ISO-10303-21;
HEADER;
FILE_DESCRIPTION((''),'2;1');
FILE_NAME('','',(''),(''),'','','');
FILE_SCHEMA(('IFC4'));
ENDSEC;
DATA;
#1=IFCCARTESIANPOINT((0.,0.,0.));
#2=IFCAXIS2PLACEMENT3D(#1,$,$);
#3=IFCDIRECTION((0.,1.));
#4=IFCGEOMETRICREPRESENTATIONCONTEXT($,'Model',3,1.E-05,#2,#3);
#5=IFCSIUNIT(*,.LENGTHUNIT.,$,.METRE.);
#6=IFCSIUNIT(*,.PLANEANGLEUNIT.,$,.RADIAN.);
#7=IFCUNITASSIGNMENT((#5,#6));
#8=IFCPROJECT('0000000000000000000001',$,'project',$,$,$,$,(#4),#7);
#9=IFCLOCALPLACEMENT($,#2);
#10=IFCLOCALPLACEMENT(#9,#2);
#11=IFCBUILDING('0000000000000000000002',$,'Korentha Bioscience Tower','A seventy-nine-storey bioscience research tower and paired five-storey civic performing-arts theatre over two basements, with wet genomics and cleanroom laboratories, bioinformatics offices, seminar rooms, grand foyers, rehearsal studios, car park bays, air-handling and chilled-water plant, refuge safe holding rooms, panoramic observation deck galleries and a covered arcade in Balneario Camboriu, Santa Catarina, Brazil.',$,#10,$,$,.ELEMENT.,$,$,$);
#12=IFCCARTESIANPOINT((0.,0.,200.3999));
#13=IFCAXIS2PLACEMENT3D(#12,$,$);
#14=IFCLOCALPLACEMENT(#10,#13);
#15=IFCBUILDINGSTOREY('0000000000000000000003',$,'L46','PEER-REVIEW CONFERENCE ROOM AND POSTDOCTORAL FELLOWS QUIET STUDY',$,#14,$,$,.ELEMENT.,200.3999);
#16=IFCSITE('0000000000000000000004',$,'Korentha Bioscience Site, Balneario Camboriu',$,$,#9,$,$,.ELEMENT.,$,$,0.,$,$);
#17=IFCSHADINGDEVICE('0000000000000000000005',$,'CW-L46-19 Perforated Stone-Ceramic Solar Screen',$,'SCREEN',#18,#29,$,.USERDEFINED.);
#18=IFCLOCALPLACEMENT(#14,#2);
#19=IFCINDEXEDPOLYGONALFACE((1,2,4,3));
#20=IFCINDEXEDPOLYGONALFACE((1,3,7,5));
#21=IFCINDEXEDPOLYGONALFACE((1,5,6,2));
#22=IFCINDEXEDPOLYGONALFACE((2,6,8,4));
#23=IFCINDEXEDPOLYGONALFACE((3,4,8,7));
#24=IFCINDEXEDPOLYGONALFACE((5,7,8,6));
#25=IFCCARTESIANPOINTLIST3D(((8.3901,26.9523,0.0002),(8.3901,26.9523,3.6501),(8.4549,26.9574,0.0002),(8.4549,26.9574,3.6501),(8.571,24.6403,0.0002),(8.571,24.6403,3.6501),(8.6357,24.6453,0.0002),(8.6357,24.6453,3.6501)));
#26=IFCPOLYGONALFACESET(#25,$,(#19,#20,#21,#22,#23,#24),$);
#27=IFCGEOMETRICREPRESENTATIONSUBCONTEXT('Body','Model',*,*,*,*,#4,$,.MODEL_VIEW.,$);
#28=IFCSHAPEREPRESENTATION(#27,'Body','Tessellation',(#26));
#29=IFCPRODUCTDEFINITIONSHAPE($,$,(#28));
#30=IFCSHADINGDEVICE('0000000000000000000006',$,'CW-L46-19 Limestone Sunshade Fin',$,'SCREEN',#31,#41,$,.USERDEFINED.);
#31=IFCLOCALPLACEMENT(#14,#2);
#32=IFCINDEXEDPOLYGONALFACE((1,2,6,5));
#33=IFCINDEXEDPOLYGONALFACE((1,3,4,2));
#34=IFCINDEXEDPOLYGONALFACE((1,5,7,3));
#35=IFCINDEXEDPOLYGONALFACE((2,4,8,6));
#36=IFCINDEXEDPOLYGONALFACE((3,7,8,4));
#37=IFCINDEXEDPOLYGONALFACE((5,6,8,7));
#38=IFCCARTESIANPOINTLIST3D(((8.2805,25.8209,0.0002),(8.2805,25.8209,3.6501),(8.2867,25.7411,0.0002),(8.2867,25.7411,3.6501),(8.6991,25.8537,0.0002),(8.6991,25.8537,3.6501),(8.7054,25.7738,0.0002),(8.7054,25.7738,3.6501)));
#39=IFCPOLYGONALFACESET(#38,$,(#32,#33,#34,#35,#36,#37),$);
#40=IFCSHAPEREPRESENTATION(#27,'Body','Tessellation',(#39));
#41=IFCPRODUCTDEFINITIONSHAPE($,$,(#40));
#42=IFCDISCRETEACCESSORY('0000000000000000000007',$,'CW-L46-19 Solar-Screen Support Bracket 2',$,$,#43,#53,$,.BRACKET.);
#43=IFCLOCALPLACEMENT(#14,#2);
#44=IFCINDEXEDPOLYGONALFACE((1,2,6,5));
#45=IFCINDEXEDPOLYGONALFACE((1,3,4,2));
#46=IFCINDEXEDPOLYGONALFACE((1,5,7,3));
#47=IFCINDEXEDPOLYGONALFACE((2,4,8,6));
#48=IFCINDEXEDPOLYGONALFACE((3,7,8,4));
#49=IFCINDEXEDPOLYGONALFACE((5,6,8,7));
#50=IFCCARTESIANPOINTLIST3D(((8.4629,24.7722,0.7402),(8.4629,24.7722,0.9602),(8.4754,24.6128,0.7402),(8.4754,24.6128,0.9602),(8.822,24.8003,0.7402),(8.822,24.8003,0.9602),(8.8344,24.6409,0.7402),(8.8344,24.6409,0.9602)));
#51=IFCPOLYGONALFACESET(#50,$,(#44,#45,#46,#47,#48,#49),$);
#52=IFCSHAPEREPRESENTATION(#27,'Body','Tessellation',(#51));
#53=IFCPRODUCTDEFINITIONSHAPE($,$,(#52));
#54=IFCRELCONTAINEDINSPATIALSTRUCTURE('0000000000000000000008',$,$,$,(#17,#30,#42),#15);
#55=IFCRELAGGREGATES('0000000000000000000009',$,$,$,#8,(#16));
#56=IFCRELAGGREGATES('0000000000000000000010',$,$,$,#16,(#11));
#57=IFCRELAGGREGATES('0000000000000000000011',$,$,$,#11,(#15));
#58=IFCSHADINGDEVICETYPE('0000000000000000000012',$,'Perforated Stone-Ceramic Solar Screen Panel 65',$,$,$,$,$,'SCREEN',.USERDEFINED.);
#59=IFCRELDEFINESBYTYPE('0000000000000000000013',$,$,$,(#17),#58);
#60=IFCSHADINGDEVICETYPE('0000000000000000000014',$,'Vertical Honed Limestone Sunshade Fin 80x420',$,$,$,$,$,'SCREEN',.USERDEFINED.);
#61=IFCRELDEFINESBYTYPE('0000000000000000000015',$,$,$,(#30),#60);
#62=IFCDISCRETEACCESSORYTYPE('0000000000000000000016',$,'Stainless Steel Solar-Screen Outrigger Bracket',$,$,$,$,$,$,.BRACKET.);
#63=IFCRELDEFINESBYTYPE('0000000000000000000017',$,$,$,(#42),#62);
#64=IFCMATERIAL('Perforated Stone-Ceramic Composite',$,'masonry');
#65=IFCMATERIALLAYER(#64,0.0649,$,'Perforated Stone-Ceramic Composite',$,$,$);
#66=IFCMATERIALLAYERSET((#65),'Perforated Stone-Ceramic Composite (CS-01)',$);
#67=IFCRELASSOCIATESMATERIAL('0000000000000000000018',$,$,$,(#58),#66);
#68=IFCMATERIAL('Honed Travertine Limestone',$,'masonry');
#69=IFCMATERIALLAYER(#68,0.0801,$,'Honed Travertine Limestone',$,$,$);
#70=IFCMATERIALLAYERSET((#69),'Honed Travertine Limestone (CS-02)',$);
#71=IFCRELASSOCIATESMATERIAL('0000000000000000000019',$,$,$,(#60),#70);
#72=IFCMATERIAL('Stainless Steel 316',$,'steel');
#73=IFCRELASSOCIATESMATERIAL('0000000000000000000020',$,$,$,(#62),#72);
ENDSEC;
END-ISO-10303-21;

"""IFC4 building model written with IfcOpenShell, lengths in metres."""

from ifc_helpers import new_model, si_unit, direction, frame, origin, origin_2d, place, context, subcontext, project, spatial, rectangle, extrude, material, layer, layer_set, type_object, element, save


model = new_model("IFC4")

# Units and contexts
model_context = context("Model", 3, precision=1e-05, world=origin(), true_north=direction((0.0, 1.0)))
body_context = subcontext(model_context, "Body", "Model", "MODEL_VIEW")
ifc_project = project(units=[si_unit("LENGTHUNIT", "METRE"), si_unit("PLANEANGLEUNIT", "RADIAN")], contexts=[model_context])

# Site, building, storey
site_placement = place(None, origin())
site = spatial("IfcSite", under=ifc_project, at=site_placement, Name="Korentha Bioscience Site, Balneario Camboriu", CompositionType="ELEMENT", RefElevation=0.0)
building_placement = place(site_placement, origin())
building = spatial("IfcBuilding", under=site, at=building_placement, Name="Korentha Bioscience Tower", Description="A seventy-nine-storey bioscience research tower and paired five-storey civic performing-arts theatre over two basements, with wet genomics and cleanroom laboratories, bioinformatics offices, seminar rooms, grand foyers, rehearsal studios, car park bays, air-handling and chilled-water plant, refuge safe holding rooms, panoramic observation deck galleries and a covered arcade in Balneario Camboriu, Santa Catarina, Brazil.", CompositionType="ELEMENT")
storey_placement = place(building_placement, frame((0.0, 0.0, 200.3999)))
storey = spatial("IfcBuildingStorey", under=building, at=storey_placement, Name="L46", Description="PEER-REVIEW CONFERENCE ROOM AND POSTDOCTORAL FELLOWS QUIET STUDY", CompositionType="ELEMENT", Elevation=200.3999)

# Shading devices
ifc_material_1 = material(Name="Perforated Stone-Ceramic Composite", Category="masonry")
ifc_layer_1 = layer(ifc_material_1, 0.0649, Name="Perforated Stone-Ceramic Composite")
ifc_layer_set_1 = layer_set([ifc_layer_1], Name="Perforated Stone-Ceramic Composite (CS-01)")
shading_device_type_1 = type_object("IfcShadingDeviceType", Name="Perforated Stone-Ceramic Solar Screen Panel 65", ElementType="SCREEN", PredefinedType="USERDEFINED", material=ifc_layer_set_1)
shading_device_1_placement = place(storey_placement, frame((8.5129, 25.7988, 0.0002), z_axis=(0.0, 0.0, 1.0), x_axis=(0.077988, -0.996954, 0.0)))
element("IfcShadingDevice", 1, at=shading_device_1_placement, inside=storey, type_object=shading_device_type_1, Name="CW-L46-19 Perforated Stone-Ceramic Solar Screen", ObjectType="SCREEN", PredefinedType="USERDEFINED", context=body_context, shape_type="SweptSolid", body=[
    extrude(rectangle(XDim=2.3191, YDim=0.0649, at=origin_2d()), origin(), (0.0, 0.0, 1.0), 3.6499),
])
ifc_material_2 = material(Name="Honed Travertine Limestone", Category="masonry")
ifc_layer_2 = layer(ifc_material_2, 0.0801, Name="Honed Travertine Limestone")
ifc_layer_set_2 = layer_set([ifc_layer_2], Name="Honed Travertine Limestone (CS-02)")
shading_device_type_2 = type_object("IfcShadingDeviceType", Name="Vertical Honed Limestone Sunshade Fin 80x420", ElementType="SCREEN", PredefinedType="USERDEFINED", material=ifc_layer_set_2)
shading_device_2_placement = place(storey_placement, frame((8.4929, 25.7974, 0.0002), z_axis=(0.0, 0.0, 1.0), x_axis=(0.077988, -0.996954, 0.0)))
element("IfcShadingDevice", 2, at=shading_device_2_placement, inside=storey, type_object=shading_device_type_2, Name="CW-L46-19 Limestone Sunshade Fin", ObjectType="SCREEN", PredefinedType="USERDEFINED", context=body_context, shape_type="SweptSolid", body=[
    extrude(rectangle(XDim=0.0801, YDim=0.4199, at=origin_2d()), origin(), (0.0, 0.0, 1.0), 3.6499),
])

# Discrete accessory
ifc_material_3 = material(Name="Stainless Steel 316", Category="steel")
discrete_accessory_type = type_object("IfcDiscreteAccessoryType", Name="Stainless Steel Solar-Screen Outrigger Bracket", PredefinedType="BRACKET", material=ifc_material_3)
discrete_accessory_placement = place(storey_placement, frame((8.6487, 24.7065, 0.7402), z_axis=(0.0, 0.0, 1.0), x_axis=(0.077988, -0.996954, 0.0)))
element("IfcDiscreteAccessory", 3, at=discrete_accessory_placement, inside=storey, type_object=discrete_accessory_type, Name="CW-L46-19 Solar-Screen Support Bracket 2", PredefinedType="BRACKET", context=body_context, shape_type="SweptSolid", body=[
    extrude(rectangle(XDim=0.1599, YDim=0.3601, at=origin_2d()), origin(), (0.0, 0.0, 1.0), 0.22),
])

save(model, "model.ifc")
